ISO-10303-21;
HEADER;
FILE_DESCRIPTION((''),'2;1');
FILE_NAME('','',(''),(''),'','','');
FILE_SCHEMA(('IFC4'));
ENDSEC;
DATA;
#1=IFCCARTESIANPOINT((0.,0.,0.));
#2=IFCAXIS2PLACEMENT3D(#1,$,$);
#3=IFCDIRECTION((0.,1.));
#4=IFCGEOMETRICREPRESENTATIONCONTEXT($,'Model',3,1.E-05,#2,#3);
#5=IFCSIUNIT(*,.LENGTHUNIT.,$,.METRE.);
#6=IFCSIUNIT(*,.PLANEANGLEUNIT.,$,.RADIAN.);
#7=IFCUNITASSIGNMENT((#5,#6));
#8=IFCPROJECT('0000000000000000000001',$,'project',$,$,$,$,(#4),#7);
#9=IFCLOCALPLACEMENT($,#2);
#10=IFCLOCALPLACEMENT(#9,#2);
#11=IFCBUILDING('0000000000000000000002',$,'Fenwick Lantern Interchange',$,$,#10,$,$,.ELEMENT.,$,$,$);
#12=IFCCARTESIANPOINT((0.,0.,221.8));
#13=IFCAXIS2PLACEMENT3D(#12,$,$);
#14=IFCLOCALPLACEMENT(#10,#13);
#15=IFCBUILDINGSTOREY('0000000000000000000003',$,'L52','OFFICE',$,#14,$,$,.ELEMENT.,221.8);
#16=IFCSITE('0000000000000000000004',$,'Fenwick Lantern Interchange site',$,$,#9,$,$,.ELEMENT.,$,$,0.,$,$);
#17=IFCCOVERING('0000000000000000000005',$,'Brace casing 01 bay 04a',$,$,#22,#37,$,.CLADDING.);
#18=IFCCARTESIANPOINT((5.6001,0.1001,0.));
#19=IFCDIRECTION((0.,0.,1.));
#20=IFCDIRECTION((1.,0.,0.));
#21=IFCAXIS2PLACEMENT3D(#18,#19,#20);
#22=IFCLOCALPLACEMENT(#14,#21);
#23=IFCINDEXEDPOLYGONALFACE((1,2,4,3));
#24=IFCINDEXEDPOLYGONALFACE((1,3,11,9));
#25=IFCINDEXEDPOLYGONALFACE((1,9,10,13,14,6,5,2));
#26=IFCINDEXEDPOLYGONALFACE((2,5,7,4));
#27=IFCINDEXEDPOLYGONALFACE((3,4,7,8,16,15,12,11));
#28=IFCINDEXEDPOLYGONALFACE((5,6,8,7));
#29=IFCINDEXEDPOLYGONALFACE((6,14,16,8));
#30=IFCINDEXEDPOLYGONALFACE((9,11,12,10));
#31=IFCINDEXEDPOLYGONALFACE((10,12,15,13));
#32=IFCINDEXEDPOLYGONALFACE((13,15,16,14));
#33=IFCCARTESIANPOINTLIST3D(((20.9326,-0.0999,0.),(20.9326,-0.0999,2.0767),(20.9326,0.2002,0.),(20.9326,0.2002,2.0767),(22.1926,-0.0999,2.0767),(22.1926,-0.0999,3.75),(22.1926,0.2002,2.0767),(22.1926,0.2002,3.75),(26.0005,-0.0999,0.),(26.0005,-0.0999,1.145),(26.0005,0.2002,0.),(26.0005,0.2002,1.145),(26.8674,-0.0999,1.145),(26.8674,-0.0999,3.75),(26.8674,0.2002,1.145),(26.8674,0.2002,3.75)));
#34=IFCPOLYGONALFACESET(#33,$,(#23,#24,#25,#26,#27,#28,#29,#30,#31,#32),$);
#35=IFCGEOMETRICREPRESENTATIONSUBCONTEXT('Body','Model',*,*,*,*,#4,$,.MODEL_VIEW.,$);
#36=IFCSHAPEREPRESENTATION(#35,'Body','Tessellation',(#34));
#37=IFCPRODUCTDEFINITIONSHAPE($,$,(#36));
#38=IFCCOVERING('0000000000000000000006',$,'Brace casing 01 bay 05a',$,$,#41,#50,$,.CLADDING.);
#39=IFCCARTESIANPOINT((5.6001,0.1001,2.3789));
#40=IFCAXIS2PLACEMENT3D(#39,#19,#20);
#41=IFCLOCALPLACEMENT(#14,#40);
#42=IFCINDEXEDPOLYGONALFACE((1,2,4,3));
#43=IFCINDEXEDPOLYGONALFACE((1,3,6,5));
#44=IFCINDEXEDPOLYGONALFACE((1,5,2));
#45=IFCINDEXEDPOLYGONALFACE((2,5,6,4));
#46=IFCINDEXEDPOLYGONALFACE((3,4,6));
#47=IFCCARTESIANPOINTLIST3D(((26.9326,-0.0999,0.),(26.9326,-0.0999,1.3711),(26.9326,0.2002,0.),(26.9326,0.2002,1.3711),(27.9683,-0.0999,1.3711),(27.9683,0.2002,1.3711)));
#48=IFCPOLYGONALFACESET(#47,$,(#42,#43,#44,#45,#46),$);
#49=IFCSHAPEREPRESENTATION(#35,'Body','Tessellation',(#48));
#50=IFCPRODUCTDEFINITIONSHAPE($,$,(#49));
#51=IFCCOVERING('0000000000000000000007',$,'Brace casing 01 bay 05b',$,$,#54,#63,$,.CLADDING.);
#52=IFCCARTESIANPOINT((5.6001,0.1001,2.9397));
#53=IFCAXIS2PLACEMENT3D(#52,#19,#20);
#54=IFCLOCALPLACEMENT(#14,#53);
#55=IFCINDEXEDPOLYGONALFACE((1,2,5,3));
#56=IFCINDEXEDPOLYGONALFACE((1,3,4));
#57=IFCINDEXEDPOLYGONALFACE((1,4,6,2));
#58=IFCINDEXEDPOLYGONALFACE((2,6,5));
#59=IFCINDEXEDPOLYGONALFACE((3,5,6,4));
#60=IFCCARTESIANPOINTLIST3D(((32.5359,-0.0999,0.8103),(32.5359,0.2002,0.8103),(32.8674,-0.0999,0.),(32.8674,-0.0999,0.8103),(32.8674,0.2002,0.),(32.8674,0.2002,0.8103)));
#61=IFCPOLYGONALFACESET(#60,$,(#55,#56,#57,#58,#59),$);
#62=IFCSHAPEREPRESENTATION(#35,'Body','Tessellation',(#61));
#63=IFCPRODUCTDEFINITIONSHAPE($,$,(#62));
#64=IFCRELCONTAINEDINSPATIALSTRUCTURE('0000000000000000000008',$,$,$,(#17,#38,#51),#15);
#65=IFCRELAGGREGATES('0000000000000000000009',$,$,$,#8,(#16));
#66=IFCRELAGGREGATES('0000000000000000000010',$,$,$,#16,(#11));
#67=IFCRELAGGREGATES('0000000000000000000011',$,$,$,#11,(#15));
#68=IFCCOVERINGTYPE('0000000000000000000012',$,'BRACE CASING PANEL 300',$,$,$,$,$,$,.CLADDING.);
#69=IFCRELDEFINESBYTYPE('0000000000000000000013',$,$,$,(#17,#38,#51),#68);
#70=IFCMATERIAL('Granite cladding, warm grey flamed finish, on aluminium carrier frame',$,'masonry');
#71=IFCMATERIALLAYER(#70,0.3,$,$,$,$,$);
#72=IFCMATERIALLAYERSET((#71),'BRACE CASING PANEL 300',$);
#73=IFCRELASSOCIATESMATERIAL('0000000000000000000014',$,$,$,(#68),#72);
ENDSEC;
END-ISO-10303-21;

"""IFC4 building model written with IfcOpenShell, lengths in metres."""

from ifc_helpers import new_model, si_unit, direction, frame, origin, place, context, subcontext, project, spatial, polyline, outline, extrude, material, layer, layer_set, type_object, element, save


model = new_model("IFC4")

# Units and contexts
model_context = context("Model", 3, precision=1e-05, world=origin(), true_north=direction((0.0, 1.0)))
body_context = subcontext(model_context, "Body", "Model", "MODEL_VIEW")
ifc_project = project(units=[si_unit("LENGTHUNIT", "METRE"), si_unit("PLANEANGLEUNIT", "RADIAN")], contexts=[model_context])

# Site, building, storey
site_placement = place(None, origin())
site = spatial("IfcSite", under=ifc_project, at=site_placement, Name="Fenwick Lantern Interchange site", CompositionType="ELEMENT", RefElevation=0.0)
building_placement = place(site_placement, origin())
building = spatial("IfcBuilding", under=site, at=building_placement, Name="Fenwick Lantern Interchange", CompositionType="ELEMENT")
storey_placement = place(building_placement, frame((0.0, 0.0, 221.8)))
storey = spatial("IfcBuildingStorey", under=building, at=storey_placement, Name="L52", Description="OFFICE", CompositionType="ELEMENT", Elevation=221.8)

# Coverings
ifc_material_1 = material(Name="Granite cladding, warm grey flamed finish, on aluminium carrier frame", Category="masonry")
ifc_layer_1 = layer(ifc_material_1, 0.3)
ifc_layer_set_1 = layer_set([ifc_layer_1], Name="BRACE CASING PANEL 300")
covering_type_1 = type_object("IfcCoveringType", Name="BRACE CASING PANEL 300", PredefinedType="CLADDING", material=ifc_layer_set_1)
covering_1_placement = place(storey_placement, frame((5.6001, 0.1001, 0.0), z_axis=(0.0, 0.0, 1.0), x_axis=(1.0, 0.0, 0.0)))
element("IfcCovering", 1, at=covering_1_placement, inside=storey, type_object=covering_type_1, Name="Brace casing 01 bay 04a", PredefinedType="CLADDING", context=body_context, shape_type="SweptSolid", body=[
    extrude(outline(polyline([(20.9326, 0.0), (26.0005, 0.0), (26.0005, 1.145), (26.8674, 1.145), (26.8674, 3.75), (22.1926, 3.75), (22.1926, 2.0767), (20.9326, 2.0767), (20.9326, 0.0)])), frame((0.0, 0.2002, 0.0), z_axis=(0.0, -1.0, 0.0), x_axis=(1.0, 0.0, 0.0)), (0.0, 0.0, 1.0), 0.3),
])
covering_2_placement = place(storey_placement, frame((5.6001, 0.1001, 2.3789), z_axis=(0.0, 0.0, 1.0), x_axis=(1.0, 0.0, 0.0)))
element("IfcCovering", 2, at=covering_2_placement, inside=storey, type_object=covering_type_1, Name="Brace casing 01 bay 05a", PredefinedType="CLADDING", context=body_context, shape_type="SweptSolid", body=[
    extrude(outline(polyline([(26.9326, 0.0), (27.9683, 1.3711), (26.9326, 1.3711), (26.9326, 0.0)])), frame((0.0, 0.2002, 0.0), z_axis=(0.0, -1.0, 0.0), x_axis=(1.0, 0.0, 0.0)), (0.0, 0.0, 1.0), 0.3),
])
covering_3_placement = place(storey_placement, frame((5.6001, 0.1001, 2.9397), z_axis=(0.0, 0.0, 1.0), x_axis=(1.0, 0.0, 0.0)))
element("IfcCovering", 3, at=covering_3_placement, inside=storey, type_object=covering_type_1, Name="Brace casing 01 bay 05b", PredefinedType="CLADDING", context=body_context, shape_type="SweptSolid", body=[
    extrude(outline(polyline([(32.8674, 0.0), (32.8674, 0.8103), (32.5359, 0.8103), (32.8674, 0.0)])), frame((0.0, 0.2002, 0.0), z_axis=(0.0, -1.0, 0.0), x_axis=(1.0, 0.0, 0.0)), (0.0, 0.0, 1.0), 0.3),
])

save(model, "model.ifc")
